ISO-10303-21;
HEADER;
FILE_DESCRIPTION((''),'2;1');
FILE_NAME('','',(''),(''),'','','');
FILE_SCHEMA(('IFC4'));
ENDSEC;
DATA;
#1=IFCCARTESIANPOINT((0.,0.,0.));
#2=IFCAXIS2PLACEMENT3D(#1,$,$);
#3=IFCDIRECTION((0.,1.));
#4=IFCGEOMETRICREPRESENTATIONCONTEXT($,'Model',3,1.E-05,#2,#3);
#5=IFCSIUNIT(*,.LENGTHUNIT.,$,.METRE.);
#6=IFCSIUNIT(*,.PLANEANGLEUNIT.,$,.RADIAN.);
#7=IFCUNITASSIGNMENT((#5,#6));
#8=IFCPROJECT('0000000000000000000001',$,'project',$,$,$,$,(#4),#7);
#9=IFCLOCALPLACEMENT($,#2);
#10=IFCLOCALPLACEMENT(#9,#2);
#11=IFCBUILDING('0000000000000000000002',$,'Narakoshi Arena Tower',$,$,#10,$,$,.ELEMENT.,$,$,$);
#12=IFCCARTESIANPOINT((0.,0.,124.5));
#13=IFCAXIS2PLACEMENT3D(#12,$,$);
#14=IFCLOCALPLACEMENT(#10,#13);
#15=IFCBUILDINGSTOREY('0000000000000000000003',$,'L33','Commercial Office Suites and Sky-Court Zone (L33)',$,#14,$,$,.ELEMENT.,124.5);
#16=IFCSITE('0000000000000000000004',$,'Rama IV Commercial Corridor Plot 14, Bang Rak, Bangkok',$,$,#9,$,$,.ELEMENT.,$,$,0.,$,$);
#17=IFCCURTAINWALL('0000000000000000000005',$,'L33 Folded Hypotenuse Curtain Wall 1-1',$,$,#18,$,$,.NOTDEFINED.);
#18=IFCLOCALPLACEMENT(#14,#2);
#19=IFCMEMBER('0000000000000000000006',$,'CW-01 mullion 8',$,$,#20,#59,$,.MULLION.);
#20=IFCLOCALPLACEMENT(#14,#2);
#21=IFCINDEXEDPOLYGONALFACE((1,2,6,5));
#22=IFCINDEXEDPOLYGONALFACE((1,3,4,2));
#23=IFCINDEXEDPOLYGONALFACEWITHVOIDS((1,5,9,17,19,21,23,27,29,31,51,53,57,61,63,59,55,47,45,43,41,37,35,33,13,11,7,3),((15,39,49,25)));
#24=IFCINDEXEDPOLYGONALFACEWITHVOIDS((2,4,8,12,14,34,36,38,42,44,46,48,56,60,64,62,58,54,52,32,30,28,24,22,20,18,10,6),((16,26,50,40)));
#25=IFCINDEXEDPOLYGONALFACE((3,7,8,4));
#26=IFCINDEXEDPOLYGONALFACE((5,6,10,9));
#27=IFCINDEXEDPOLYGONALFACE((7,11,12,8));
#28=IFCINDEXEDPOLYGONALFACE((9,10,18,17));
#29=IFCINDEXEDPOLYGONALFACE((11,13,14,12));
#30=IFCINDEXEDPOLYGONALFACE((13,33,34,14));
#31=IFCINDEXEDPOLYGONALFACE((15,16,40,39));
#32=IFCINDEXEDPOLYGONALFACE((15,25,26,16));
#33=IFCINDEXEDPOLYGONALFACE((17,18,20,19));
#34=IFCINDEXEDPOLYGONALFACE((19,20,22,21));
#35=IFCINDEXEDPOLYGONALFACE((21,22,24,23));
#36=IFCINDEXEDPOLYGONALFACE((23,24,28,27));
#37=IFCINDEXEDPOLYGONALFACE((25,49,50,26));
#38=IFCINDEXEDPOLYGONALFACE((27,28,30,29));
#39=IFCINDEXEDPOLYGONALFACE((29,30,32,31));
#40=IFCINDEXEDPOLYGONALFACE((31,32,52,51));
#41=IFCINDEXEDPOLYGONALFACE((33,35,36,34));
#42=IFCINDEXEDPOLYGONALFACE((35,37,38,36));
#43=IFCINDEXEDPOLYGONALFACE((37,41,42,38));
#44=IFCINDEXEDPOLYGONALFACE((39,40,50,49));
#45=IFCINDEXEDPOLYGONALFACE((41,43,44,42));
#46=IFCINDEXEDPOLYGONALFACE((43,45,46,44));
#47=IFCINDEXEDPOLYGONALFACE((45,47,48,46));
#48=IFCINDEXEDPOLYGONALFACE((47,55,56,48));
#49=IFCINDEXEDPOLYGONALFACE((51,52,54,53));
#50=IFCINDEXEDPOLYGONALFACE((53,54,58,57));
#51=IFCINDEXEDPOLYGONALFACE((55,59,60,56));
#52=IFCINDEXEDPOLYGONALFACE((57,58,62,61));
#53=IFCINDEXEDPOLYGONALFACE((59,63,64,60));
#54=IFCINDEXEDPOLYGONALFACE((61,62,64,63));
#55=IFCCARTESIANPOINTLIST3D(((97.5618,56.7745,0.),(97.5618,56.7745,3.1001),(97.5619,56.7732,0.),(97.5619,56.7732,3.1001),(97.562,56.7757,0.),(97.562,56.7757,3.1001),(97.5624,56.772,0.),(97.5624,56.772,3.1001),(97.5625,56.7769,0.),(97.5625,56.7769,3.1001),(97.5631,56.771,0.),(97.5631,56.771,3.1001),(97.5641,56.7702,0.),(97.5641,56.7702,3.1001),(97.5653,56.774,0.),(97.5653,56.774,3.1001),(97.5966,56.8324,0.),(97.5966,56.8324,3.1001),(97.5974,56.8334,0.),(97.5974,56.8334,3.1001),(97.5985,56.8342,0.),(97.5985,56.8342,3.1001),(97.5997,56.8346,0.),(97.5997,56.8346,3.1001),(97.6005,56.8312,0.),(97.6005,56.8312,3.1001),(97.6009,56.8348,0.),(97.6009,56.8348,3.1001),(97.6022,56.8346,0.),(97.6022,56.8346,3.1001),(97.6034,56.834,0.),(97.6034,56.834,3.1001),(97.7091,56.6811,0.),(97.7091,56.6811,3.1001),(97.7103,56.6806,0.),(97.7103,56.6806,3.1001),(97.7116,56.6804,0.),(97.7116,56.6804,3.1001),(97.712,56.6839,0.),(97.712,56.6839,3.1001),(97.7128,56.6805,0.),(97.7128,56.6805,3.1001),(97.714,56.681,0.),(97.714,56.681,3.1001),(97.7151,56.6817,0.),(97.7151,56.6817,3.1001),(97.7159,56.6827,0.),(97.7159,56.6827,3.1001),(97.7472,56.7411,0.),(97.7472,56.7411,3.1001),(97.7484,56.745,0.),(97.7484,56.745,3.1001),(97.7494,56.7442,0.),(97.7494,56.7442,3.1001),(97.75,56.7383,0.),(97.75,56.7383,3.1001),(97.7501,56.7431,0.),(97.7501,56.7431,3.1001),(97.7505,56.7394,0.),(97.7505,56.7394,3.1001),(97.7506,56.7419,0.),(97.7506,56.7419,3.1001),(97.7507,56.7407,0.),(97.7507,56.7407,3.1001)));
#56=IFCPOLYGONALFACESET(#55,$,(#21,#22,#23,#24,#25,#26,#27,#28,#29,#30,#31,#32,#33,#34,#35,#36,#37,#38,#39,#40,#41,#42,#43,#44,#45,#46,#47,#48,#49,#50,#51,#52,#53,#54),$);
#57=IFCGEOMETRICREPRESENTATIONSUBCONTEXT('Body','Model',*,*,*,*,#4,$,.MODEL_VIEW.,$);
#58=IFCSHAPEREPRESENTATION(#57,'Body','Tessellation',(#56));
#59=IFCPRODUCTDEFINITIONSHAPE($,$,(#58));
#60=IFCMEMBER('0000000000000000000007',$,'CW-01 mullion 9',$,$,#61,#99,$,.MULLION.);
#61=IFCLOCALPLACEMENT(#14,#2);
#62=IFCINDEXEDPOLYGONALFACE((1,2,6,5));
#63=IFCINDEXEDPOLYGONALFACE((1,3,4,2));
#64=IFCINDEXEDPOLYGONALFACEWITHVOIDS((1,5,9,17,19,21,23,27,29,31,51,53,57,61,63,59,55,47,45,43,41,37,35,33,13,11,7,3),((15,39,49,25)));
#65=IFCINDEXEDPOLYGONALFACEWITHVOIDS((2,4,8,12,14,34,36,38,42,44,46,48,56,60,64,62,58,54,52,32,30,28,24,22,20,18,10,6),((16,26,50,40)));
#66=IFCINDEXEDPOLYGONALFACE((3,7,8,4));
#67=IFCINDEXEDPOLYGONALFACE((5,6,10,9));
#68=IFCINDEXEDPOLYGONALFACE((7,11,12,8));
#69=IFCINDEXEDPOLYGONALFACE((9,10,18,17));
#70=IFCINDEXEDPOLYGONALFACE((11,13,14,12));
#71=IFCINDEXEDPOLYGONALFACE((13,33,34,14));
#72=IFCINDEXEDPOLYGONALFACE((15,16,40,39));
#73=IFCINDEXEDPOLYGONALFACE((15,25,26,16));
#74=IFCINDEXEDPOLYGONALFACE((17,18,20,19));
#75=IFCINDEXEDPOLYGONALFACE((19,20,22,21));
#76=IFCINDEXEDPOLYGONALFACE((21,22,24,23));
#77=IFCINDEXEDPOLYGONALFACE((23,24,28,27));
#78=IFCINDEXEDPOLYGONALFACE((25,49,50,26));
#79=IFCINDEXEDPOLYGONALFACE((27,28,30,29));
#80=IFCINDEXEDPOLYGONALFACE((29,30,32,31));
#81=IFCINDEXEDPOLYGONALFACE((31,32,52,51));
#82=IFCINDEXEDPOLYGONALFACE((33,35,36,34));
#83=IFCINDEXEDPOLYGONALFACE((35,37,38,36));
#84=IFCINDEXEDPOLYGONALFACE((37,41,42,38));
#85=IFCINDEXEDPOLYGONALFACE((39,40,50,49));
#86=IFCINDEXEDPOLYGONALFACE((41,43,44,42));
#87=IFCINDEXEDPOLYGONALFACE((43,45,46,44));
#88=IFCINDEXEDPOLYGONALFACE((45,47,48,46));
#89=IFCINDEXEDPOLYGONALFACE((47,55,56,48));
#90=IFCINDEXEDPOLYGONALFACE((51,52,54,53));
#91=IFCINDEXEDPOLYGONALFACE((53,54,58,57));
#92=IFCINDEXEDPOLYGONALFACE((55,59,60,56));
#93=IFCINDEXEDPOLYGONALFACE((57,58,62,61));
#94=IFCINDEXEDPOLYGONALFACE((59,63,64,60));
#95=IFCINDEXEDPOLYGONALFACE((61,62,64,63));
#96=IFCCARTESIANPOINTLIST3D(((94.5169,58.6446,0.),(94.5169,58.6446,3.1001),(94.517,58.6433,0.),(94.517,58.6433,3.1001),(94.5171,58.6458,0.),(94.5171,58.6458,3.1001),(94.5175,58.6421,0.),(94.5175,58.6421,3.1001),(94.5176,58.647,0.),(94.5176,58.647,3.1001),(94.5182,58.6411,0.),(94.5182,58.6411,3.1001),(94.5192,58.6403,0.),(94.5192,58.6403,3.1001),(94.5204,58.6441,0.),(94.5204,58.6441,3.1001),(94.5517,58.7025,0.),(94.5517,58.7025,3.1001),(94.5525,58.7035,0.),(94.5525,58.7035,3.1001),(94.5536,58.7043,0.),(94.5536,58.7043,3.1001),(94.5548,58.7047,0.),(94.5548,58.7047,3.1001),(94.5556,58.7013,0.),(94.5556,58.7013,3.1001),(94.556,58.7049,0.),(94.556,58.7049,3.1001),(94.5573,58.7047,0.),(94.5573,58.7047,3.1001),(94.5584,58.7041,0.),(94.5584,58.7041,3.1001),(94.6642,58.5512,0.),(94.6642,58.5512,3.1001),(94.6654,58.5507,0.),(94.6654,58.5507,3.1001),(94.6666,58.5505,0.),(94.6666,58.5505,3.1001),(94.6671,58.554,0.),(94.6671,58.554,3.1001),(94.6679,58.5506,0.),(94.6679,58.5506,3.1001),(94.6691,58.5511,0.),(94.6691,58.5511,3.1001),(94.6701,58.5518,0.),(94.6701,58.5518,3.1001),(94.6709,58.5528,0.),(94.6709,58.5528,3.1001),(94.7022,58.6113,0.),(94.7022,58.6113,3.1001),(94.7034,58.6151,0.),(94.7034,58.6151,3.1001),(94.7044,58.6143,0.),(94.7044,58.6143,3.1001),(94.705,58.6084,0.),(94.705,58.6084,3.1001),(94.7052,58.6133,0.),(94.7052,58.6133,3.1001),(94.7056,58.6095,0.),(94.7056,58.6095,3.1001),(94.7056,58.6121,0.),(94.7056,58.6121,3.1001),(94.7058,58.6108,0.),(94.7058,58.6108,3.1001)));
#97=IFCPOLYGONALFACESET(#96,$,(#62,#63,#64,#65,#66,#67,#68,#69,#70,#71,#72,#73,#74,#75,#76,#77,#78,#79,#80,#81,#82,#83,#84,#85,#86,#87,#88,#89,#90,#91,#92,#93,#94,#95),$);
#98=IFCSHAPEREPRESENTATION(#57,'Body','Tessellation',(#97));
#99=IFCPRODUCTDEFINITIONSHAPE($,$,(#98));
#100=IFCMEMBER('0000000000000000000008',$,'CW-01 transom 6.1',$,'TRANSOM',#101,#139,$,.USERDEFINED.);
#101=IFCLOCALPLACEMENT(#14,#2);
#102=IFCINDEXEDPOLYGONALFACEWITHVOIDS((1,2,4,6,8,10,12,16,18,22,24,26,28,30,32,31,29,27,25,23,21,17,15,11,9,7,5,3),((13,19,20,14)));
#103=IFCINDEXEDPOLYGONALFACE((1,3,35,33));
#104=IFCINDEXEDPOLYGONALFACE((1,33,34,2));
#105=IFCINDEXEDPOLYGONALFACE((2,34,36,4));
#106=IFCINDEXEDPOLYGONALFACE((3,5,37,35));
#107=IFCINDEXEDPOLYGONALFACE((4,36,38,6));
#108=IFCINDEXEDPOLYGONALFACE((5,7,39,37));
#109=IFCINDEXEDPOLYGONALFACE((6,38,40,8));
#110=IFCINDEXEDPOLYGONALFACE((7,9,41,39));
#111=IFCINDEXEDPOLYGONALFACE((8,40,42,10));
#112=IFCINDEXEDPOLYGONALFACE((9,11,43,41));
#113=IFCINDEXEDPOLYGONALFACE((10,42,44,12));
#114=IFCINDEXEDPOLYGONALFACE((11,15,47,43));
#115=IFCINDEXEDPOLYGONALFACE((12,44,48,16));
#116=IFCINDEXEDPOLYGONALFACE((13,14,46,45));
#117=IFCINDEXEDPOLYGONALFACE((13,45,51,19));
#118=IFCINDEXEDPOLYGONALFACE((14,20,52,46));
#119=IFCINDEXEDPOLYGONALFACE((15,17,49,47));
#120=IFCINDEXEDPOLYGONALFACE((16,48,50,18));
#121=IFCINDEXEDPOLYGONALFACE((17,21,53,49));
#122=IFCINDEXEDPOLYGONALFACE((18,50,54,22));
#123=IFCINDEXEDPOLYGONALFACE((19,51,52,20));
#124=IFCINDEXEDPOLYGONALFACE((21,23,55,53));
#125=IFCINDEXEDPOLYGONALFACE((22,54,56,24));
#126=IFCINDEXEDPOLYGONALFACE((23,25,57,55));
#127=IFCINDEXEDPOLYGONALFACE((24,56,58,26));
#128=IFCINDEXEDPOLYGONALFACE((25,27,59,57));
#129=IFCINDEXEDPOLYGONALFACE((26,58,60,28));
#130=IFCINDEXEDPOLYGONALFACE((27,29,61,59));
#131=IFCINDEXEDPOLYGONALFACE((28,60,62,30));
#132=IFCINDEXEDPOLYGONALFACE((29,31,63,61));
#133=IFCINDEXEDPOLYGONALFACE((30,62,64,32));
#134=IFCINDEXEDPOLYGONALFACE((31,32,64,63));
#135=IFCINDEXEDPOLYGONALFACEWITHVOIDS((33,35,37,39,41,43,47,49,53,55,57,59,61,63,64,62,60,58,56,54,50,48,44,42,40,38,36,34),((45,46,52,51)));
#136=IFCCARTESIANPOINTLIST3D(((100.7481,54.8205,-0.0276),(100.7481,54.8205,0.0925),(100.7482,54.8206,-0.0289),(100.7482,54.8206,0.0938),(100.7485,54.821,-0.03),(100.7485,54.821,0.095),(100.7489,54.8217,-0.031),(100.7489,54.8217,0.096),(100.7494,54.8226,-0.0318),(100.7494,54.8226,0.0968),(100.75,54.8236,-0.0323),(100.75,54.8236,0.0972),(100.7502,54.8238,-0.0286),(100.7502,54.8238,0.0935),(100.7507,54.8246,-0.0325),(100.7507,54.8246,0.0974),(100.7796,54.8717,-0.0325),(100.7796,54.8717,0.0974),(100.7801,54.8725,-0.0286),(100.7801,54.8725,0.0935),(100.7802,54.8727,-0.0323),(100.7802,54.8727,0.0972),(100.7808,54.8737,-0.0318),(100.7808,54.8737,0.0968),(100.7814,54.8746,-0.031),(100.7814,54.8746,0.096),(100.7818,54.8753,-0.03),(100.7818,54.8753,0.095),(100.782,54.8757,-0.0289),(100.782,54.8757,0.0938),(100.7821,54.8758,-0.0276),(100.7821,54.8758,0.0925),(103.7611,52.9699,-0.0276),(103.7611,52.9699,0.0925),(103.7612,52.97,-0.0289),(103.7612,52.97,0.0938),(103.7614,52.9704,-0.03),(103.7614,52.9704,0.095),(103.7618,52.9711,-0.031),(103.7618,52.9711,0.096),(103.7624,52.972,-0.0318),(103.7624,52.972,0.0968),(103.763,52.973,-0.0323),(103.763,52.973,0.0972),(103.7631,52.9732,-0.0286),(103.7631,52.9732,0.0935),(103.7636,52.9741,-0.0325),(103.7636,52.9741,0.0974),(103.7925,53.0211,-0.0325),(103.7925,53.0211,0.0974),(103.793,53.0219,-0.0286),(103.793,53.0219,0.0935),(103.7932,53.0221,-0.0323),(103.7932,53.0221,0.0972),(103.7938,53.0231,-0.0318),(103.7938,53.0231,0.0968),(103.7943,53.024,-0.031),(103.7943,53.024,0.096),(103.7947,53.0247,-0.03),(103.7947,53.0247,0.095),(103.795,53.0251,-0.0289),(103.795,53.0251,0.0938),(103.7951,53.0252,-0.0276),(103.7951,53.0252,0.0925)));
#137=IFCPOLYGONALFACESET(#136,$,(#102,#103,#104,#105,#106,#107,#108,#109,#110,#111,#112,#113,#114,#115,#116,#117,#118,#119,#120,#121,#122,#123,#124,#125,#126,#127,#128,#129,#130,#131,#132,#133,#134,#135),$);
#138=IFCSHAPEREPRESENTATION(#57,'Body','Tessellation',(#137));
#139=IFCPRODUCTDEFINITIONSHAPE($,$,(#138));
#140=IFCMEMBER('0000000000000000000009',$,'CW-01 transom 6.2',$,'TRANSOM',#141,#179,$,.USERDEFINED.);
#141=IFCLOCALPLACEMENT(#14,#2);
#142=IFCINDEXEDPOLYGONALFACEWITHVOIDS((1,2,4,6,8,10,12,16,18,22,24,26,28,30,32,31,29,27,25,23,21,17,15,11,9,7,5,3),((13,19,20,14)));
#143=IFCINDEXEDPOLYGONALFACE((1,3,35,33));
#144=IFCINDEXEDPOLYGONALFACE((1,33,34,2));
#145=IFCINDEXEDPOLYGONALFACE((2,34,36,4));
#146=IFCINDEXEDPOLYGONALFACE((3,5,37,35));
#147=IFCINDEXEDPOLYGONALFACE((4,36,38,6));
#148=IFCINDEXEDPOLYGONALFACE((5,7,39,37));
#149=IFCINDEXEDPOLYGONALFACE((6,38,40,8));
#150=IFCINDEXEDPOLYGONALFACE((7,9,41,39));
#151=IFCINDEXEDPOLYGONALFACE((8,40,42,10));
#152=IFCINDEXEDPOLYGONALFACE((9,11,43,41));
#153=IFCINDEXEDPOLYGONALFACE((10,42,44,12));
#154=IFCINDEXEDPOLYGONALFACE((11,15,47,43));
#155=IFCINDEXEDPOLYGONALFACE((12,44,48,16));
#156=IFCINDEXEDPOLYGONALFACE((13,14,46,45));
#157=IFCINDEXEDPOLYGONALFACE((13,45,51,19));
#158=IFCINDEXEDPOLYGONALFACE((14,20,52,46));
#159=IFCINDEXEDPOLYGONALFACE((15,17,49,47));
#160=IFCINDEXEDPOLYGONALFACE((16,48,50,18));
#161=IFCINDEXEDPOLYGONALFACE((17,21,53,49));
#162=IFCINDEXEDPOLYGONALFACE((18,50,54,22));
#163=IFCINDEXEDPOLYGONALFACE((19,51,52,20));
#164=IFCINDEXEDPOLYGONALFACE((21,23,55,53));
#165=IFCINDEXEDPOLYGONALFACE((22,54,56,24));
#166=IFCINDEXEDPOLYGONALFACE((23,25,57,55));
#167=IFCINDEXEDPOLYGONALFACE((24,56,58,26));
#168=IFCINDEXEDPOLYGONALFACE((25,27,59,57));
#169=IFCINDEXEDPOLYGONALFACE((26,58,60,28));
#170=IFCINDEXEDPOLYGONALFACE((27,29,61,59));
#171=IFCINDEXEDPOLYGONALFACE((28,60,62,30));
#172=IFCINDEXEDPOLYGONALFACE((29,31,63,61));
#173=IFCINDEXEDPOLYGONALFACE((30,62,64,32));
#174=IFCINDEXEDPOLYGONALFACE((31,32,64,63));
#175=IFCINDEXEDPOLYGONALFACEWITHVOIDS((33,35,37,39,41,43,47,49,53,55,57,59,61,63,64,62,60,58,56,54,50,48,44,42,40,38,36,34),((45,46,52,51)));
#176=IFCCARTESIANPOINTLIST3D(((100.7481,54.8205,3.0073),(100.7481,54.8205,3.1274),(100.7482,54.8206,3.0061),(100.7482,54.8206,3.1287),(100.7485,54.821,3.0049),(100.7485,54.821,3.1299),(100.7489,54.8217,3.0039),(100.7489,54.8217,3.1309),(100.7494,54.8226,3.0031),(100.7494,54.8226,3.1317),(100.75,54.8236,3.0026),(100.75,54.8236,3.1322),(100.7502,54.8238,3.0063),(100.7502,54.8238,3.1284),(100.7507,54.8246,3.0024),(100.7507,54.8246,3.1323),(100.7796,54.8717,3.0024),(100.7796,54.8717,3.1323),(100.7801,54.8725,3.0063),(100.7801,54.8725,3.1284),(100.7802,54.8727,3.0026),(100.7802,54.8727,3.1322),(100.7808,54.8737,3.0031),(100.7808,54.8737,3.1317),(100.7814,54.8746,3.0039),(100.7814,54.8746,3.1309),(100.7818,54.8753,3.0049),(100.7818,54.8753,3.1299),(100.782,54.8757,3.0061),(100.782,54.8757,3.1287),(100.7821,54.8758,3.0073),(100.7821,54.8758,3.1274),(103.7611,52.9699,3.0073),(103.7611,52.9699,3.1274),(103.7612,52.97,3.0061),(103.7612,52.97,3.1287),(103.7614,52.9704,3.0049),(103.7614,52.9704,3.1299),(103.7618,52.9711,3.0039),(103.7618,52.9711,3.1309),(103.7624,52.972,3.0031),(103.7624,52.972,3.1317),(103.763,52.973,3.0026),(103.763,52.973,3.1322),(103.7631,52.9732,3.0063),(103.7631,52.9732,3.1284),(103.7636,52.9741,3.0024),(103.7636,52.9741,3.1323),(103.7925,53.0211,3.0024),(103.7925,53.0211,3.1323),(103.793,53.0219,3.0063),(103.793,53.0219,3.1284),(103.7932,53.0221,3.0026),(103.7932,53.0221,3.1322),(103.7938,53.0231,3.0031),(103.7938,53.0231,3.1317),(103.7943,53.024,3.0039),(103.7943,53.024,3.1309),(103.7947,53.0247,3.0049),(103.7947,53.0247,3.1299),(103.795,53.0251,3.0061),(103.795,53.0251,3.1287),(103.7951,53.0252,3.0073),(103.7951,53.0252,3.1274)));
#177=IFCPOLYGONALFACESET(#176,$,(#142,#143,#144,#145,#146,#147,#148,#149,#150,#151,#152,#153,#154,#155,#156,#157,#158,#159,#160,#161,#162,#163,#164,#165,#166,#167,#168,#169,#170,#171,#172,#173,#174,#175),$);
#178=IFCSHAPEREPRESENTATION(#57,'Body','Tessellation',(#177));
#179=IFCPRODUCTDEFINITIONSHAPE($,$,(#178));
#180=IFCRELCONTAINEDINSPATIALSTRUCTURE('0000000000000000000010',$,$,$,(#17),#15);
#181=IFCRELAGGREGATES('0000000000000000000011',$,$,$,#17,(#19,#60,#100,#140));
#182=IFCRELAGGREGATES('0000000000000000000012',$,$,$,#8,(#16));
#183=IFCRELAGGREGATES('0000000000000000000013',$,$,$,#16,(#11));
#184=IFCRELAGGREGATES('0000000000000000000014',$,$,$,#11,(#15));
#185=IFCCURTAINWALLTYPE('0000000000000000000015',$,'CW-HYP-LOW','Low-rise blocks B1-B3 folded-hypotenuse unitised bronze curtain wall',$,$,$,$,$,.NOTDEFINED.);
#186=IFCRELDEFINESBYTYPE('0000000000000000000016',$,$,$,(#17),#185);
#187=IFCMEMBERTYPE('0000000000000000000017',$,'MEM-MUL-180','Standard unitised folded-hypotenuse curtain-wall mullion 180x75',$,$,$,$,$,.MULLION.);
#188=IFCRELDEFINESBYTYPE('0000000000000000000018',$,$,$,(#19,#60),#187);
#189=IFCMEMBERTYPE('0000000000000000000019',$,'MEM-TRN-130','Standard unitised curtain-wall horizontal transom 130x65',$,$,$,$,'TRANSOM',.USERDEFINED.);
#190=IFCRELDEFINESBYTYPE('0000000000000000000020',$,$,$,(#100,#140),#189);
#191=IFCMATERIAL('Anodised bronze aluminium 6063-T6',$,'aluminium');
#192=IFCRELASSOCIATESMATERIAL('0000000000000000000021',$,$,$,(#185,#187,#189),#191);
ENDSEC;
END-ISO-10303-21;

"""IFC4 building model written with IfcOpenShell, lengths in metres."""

from ifc_helpers import new_model, si_unit, direction, frame, origin, origin_2d, place, context, subcontext, project, spatial, hollow_rectangle, extrude, material, material_profile, profile_set, type_object, element, aggregate, save


model = new_model("IFC4")

# Units and contexts
model_context = context("Model", 3, precision=1e-05, world=origin(), true_north=direction((0.0, 1.0)))
body_context = subcontext(model_context, "Body", "Model", "MODEL_VIEW")
ifc_project = project(units=[si_unit("LENGTHUNIT", "METRE"), si_unit("PLANEANGLEUNIT", "RADIAN")], contexts=[model_context])

# Site, building, storey
site_placement = place(None, origin())
site = spatial("IfcSite", under=ifc_project, at=site_placement, Name="Rama IV Commercial Corridor Plot 14, Bang Rak, Bangkok", CompositionType="ELEMENT", RefElevation=0.0)
building_placement = place(site_placement, origin())
building = spatial("IfcBuilding", under=site, at=building_placement, Name="Narakoshi Arena Tower", CompositionType="ELEMENT")
storey_placement = place(building_placement, frame((0.0, 0.0, 124.5)))
storey = spatial("IfcBuildingStorey", under=building, at=storey_placement, Name="L33", Description="Commercial Office Suites and Sky-Court Zone (L33)", CompositionType="ELEMENT", Elevation=124.5)

# Curtain wall, members
ifc_material_1 = material(Name="Anodised bronze aluminium 6063-T6", Category="aluminium")
curtain_wall_type = type_object("IfcCurtainWallType", Name="CW-HYP-LOW", Description="Low-rise blocks B1-B3 folded-hypotenuse unitised bronze curtain wall", PredefinedType="NOTDEFINED", material=ifc_material_1)
curtain_wall_placement = place(storey_placement, origin())
curtain_wall = element("IfcCurtainWall", 1, at=curtain_wall_placement, inside=storey, type_object=curtain_wall_type, Name="L33 Folded Hypotenuse Curtain Wall 1-1", PredefinedType="NOTDEFINED")
ifc_material_profile_1 = material_profile(ifc_material_1, hollow_rectangle(XDim=0.075, YDim=0.1799, WallThickness=0.0039, OuterFilletRadius=0.0049, at=origin_2d()), Name="MUL180x75x4")
ifc_profile_set_1 = profile_set([ifc_material_profile_1], Name="Anodised bronze aluminium 6063-T6")
member_type_1 = type_object("IfcMemberType", Name="MEM-MUL-180", Description="Standard unitised folded-hypotenuse curtain-wall mullion 180x75", PredefinedType="MULLION", material=ifc_profile_set_1)
member_1_placement = place(storey_placement, frame((97.6562, 56.7576, 0.0), z_axis=(0.0, 0.0, 1.0), x_axis=(-0.523358, -0.852113, 0.0)))
member_1 = element("IfcMember", 2, at=member_1_placement, type_object=member_type_1, Name="CW-01 mullion 8", PredefinedType="MULLION", context=body_context, shape_type="SweptSolid", body=[
    extrude(hollow_rectangle(XDim=0.075, YDim=0.1799, WallThickness=0.0039, OuterFilletRadius=0.0049, at=origin_2d()), origin(), (0.0, 0.0, 1.0), 3.1001),
])
member_2_placement = place(storey_placement, frame((94.6113, 58.6277, 0.0), z_axis=(0.0, 0.0, 1.0), x_axis=(-0.523358, -0.852113, 0.0)))
member_2 = element("IfcMember", 3, at=member_2_placement, type_object=member_type_1, Name="CW-01 mullion 9", PredefinedType="MULLION", context=body_context, shape_type="SweptSolid", body=[
    extrude(hollow_rectangle(XDim=0.075, YDim=0.1799, WallThickness=0.0039, OuterFilletRadius=0.0049, at=origin_2d()), origin(), (0.0, 0.0, 1.0), 3.1001),
])
ifc_material_profile_2 = material_profile(ifc_material_1, hollow_rectangle(XDim=0.0649, YDim=0.1299, WallThickness=0.0039, OuterFilletRadius=0.0049, at=origin_2d()), Name="TRN130x65x4")
ifc_profile_set_2 = profile_set([ifc_material_profile_2], Name="Anodised bronze aluminium 6063-T6")
member_type_2 = type_object("IfcMemberType", Name="MEM-TRN-130", Description="Standard unitised curtain-wall horizontal transom 130x65", ElementType="TRANSOM", PredefinedType="USERDEFINED", material=ifc_profile_set_2)
member_3_placement = place(storey_placement, frame((103.7781, 52.9976, 0.0325), z_axis=(-0.852104, 0.523373, 0.0), x_axis=(-0.523373, -0.852104, 0.0)))
member_3 = element("IfcMember", 4, at=member_3_placement, type_object=member_type_2, Name="CW-01 transom 6.1", ObjectType="TRANSOM", PredefinedType="USERDEFINED", context=body_context, shape_type="SweptSolid", body=[
    extrude(hollow_rectangle(XDim=0.0649, YDim=0.1299, WallThickness=0.0039, OuterFilletRadius=0.0049, at=origin_2d()), origin(), (0.0, 0.0, 1.0), 3.5359),
])
member_4_placement = place(storey_placement, frame((103.7781, 52.9976, 3.0674), z_axis=(-0.852104, 0.523373, 0.0), x_axis=(-0.523373, -0.852104, 0.0)))
member_4 = element("IfcMember", 5, at=member_4_placement, type_object=member_type_2, Name="CW-01 transom 6.2", ObjectType="TRANSOM", PredefinedType="USERDEFINED", context=body_context, shape_type="SweptSolid", body=[
    extrude(hollow_rectangle(XDim=0.0649, YDim=0.1299, WallThickness=0.0039, OuterFilletRadius=0.0049, at=origin_2d()), origin(), (0.0, 0.0, 1.0), 3.5359),
])
aggregate(curtain_wall, [member_1, member_2, member_3, member_4])

save(model, "model.ifc")
